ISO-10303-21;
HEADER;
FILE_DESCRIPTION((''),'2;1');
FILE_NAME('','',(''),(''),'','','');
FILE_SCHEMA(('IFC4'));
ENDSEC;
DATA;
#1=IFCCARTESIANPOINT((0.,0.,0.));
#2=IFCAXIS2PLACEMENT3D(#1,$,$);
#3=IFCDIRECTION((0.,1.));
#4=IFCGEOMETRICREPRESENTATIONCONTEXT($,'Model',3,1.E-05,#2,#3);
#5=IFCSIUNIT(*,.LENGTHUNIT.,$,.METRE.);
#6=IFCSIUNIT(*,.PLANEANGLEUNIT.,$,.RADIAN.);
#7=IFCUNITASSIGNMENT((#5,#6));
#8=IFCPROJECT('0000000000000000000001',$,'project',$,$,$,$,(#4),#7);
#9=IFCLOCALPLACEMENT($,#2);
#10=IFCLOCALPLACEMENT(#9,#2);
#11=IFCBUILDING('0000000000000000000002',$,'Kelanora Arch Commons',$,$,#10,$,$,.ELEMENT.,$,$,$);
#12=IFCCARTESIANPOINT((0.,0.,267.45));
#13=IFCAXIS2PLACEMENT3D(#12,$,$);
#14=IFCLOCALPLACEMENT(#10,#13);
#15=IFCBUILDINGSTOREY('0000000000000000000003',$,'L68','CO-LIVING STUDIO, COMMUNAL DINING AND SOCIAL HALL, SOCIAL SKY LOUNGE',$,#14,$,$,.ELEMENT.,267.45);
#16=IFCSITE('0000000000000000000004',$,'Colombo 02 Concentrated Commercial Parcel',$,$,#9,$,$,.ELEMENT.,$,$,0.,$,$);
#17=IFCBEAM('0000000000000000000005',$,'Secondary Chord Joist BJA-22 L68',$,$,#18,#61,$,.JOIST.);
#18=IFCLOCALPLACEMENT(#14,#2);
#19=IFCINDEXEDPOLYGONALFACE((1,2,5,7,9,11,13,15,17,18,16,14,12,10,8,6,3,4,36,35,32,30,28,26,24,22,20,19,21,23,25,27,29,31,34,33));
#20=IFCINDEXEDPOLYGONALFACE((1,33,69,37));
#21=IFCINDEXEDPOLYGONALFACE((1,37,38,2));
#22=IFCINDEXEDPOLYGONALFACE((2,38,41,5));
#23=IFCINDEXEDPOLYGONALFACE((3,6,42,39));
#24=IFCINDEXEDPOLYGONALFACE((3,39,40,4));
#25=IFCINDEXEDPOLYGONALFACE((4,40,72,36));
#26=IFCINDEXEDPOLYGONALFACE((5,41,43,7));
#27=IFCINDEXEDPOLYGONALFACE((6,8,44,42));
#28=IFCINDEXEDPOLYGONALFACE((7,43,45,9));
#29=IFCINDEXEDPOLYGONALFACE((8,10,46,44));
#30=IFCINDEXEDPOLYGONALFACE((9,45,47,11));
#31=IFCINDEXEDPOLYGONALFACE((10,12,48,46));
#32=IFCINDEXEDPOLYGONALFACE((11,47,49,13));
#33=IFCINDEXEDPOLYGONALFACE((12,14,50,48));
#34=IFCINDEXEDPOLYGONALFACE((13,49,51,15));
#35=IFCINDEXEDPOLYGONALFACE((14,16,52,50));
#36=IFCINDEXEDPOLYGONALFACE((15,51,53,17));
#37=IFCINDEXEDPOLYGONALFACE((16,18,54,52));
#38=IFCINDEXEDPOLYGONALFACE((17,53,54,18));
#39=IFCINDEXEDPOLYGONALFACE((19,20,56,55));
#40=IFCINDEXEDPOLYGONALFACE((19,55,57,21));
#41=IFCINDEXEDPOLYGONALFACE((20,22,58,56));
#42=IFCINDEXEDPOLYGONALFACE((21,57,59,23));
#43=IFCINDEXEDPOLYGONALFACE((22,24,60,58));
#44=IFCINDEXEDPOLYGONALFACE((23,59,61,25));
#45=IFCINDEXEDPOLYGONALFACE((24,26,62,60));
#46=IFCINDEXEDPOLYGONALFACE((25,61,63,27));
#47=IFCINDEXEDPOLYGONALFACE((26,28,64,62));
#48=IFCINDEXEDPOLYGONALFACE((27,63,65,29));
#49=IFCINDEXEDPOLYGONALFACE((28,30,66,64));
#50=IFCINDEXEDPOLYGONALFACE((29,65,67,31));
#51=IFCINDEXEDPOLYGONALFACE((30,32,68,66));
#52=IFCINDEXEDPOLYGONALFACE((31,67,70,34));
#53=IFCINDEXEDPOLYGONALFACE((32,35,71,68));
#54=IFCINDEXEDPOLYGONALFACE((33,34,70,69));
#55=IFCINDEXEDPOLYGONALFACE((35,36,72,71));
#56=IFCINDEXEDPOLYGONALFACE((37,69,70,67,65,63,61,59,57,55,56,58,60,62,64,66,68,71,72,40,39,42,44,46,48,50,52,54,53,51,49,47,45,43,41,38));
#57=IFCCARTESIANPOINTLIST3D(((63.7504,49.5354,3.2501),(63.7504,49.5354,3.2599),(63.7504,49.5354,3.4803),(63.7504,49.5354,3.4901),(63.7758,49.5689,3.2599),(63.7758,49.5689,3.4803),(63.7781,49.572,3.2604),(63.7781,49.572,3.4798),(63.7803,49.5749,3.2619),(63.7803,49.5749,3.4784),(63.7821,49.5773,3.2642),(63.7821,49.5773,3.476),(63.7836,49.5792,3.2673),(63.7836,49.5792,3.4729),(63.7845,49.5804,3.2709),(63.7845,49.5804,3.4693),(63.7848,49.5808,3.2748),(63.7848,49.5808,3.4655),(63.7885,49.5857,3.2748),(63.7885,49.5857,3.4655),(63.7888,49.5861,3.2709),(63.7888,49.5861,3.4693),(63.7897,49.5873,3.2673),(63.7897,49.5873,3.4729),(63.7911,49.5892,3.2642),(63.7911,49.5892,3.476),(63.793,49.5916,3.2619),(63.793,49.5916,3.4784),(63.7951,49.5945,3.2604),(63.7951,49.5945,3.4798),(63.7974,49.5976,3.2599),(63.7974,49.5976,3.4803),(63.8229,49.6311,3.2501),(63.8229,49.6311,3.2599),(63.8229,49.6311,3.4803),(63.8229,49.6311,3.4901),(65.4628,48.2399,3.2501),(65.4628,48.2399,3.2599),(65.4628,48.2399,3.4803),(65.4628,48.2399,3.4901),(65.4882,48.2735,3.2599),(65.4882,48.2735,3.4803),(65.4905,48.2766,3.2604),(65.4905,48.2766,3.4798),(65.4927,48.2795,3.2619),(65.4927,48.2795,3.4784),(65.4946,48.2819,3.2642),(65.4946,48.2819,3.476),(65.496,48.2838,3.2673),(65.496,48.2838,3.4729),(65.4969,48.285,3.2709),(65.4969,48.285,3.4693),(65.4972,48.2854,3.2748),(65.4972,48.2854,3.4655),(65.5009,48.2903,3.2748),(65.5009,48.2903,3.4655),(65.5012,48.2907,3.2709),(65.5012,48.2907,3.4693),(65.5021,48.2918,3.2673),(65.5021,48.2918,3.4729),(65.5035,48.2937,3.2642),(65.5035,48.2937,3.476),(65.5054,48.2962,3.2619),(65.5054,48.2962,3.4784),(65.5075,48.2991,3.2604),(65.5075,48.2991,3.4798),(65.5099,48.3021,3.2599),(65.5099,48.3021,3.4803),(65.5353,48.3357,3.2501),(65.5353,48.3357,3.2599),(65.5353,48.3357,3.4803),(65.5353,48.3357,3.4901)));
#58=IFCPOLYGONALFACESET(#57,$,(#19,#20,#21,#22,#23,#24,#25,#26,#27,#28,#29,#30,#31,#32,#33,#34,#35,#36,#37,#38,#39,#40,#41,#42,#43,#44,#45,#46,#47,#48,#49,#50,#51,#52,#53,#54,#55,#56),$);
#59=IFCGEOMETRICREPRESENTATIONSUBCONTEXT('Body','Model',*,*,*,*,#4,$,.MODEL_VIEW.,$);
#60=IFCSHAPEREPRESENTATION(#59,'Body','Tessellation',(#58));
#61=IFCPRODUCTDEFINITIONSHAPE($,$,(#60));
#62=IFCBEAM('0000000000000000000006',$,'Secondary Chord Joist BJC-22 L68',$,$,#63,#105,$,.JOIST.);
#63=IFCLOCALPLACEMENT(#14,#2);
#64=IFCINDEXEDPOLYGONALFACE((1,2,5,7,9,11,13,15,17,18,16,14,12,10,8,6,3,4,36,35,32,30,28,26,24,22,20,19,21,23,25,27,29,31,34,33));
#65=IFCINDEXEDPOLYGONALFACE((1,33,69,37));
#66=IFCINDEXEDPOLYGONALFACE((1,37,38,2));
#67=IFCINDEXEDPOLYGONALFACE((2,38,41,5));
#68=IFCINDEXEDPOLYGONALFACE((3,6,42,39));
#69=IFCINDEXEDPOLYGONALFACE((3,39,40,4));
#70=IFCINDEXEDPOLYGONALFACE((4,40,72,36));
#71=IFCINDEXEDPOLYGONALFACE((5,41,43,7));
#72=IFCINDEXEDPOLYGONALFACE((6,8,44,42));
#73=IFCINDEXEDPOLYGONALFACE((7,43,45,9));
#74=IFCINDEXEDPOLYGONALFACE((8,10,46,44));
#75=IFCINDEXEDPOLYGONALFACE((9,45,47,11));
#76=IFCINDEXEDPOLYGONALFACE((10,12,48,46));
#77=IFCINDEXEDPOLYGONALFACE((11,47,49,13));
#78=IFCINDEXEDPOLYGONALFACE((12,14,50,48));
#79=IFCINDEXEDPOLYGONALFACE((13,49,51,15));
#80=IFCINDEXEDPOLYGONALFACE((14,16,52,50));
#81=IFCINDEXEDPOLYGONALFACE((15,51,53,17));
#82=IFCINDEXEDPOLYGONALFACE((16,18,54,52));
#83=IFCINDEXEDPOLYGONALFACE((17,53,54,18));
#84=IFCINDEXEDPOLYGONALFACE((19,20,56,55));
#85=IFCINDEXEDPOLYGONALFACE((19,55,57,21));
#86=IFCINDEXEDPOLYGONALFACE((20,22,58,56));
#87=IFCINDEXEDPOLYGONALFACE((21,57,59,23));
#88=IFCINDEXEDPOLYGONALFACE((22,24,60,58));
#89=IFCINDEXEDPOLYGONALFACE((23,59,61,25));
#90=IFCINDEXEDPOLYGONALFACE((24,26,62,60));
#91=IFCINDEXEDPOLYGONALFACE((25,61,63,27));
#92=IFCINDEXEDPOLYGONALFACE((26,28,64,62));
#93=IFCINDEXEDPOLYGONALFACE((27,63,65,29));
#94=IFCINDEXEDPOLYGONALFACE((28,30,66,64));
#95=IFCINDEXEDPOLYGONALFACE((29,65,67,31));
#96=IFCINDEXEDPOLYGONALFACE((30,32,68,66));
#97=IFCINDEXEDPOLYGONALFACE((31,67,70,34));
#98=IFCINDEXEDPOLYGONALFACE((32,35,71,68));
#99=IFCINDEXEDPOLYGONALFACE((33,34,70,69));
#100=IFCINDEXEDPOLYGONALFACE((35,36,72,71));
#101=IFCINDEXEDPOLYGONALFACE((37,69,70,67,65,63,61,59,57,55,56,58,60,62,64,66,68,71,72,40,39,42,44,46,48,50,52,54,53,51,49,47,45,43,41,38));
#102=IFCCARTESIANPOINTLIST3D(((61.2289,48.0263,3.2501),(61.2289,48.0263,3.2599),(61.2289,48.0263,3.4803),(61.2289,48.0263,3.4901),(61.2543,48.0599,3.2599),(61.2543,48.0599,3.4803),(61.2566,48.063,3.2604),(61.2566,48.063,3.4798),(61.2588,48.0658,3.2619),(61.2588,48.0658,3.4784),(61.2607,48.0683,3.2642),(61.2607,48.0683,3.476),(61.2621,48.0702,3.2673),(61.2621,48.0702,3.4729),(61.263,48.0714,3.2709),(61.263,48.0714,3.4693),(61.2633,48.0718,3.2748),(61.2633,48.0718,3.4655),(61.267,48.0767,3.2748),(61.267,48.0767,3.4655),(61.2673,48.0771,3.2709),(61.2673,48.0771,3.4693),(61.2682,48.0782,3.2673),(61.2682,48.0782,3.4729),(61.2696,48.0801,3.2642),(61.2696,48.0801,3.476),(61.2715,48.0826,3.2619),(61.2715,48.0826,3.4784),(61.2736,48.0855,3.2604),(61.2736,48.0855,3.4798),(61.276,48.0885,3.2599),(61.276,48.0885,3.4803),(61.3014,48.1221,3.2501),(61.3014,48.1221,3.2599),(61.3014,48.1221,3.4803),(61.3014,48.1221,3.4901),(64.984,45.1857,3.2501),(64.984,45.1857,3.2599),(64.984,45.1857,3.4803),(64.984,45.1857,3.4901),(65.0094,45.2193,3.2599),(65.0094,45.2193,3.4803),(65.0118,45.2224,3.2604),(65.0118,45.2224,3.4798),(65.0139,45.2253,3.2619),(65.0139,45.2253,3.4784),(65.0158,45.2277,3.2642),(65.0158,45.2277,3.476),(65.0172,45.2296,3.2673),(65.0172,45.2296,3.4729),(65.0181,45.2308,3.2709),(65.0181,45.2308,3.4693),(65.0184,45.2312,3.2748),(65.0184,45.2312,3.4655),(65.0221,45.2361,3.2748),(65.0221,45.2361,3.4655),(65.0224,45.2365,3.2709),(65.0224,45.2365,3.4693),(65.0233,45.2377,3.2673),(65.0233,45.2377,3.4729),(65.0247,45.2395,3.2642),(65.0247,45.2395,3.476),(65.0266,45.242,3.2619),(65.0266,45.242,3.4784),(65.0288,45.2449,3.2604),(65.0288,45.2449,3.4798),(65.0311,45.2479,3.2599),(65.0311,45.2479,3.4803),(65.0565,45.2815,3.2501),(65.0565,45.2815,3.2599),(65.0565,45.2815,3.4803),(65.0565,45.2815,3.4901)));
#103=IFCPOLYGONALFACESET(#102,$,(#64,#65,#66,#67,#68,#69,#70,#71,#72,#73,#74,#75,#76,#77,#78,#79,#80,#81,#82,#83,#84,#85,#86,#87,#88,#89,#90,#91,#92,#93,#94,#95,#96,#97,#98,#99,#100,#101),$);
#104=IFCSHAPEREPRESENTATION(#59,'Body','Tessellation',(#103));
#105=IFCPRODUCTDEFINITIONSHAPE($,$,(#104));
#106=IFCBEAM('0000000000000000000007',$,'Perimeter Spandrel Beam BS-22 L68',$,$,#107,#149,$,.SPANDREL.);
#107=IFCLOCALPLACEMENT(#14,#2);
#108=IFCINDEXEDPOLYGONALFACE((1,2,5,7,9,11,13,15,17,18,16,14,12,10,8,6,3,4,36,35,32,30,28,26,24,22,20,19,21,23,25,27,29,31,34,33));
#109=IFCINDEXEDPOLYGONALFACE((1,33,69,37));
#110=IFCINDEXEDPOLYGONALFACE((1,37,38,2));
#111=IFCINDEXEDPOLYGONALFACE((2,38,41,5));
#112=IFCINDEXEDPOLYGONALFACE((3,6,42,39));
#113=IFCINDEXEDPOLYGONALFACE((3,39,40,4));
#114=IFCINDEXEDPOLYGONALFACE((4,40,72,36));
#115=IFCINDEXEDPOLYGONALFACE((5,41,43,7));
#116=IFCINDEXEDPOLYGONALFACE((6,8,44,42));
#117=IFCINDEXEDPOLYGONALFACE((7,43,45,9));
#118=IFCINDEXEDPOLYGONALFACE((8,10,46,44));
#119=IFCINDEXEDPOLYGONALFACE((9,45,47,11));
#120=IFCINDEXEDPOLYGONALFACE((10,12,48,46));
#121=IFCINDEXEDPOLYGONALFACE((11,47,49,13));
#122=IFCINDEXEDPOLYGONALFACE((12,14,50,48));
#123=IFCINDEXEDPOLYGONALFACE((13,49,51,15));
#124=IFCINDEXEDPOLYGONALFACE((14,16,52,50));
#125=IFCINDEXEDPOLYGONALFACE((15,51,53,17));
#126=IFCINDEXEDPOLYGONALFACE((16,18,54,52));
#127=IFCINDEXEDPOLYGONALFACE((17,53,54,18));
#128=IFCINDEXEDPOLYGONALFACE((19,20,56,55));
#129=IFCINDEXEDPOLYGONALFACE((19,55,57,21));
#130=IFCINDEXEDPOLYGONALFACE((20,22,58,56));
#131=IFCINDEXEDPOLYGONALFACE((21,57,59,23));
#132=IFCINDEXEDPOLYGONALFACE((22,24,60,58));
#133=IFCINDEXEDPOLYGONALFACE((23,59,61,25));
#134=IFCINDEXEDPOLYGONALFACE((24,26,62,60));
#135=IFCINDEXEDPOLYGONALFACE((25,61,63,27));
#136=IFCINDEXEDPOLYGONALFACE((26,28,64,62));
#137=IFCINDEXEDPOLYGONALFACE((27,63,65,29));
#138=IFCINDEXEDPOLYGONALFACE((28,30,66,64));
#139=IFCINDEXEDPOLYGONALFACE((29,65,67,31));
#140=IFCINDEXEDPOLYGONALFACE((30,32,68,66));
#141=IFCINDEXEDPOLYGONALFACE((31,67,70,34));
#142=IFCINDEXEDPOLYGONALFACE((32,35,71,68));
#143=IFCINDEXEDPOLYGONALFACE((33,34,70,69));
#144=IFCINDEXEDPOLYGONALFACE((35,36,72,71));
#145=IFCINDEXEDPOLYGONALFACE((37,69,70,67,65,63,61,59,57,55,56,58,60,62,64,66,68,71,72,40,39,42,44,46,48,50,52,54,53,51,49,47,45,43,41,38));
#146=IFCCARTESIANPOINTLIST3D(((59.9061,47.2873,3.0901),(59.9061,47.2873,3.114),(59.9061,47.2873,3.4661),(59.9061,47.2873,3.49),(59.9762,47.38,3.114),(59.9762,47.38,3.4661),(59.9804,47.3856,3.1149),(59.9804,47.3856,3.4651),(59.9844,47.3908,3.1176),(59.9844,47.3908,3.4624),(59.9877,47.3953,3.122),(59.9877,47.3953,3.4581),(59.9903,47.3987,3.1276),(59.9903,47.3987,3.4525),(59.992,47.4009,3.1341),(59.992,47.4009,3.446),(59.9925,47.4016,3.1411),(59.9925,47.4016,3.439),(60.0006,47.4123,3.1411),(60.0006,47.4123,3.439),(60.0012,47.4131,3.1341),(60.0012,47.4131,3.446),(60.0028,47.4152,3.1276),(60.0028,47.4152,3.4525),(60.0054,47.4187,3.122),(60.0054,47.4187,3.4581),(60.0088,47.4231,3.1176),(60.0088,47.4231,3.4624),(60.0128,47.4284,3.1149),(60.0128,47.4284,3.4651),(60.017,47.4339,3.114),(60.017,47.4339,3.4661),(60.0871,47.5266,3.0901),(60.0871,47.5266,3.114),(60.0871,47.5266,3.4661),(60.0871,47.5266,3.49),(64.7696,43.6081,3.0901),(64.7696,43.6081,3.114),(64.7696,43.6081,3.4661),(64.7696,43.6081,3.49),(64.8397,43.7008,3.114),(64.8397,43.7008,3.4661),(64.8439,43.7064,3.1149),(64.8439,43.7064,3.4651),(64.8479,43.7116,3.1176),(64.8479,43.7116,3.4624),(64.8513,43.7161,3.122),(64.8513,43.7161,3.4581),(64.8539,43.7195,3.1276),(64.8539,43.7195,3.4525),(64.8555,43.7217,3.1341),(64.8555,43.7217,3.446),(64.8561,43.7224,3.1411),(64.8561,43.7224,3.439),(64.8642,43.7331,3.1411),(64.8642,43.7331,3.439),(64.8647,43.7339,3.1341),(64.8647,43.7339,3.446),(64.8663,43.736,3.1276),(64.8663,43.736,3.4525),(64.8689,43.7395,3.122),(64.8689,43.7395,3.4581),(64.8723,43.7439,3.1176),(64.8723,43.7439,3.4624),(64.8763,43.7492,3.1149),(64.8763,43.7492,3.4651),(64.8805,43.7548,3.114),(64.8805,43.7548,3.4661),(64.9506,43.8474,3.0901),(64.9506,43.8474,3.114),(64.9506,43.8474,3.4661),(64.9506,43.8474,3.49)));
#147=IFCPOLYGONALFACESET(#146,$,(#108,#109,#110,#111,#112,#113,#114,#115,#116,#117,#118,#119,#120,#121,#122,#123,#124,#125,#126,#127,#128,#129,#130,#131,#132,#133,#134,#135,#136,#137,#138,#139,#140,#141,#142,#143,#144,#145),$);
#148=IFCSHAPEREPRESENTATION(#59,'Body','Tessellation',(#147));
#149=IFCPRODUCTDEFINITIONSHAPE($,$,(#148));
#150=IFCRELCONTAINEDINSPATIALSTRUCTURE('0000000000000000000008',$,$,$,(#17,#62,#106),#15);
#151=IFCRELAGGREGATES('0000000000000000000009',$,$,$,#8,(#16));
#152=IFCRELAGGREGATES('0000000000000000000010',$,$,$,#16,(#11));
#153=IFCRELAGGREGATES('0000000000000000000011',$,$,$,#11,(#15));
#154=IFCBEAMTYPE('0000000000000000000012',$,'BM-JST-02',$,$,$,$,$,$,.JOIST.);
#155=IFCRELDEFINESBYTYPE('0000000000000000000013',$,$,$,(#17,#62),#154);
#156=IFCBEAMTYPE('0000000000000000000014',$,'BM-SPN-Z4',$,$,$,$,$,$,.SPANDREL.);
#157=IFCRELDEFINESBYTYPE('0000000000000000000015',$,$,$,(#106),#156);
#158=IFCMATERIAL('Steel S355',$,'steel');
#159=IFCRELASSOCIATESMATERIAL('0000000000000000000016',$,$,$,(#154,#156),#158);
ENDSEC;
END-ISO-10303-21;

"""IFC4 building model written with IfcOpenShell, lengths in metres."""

from ifc_helpers import new_model, si_unit, direction, frame, origin, origin_2d, place, context, subcontext, project, spatial, i_section, extrude, material, material_profile, profile_set, type_object, element, save


model = new_model("IFC4")

# Units and contexts
model_context = context("Model", 3, precision=1e-05, world=origin(), true_north=direction((0.0, 1.0)))
body_context = subcontext(model_context, "Body", "Model", "MODEL_VIEW")
ifc_project = project(units=[si_unit("LENGTHUNIT", "METRE"), si_unit("PLANEANGLEUNIT", "RADIAN")], contexts=[model_context])

# Site, building, storey
site_placement = place(None, origin())
site = spatial("IfcSite", under=ifc_project, at=site_placement, Name="Colombo 02 Concentrated Commercial Parcel", CompositionType="ELEMENT", RefElevation=0.0)
building_placement = place(site_placement, origin())
building = spatial("IfcBuilding", under=site, at=building_placement, Name="Kelanora Arch Commons", CompositionType="ELEMENT")
storey_placement = place(building_placement, frame((0.0, 0.0, 267.45)))
storey = spatial("IfcBuildingStorey", under=building, at=storey_placement, Name="L68", Description="CO-LIVING STUDIO, COMMUNAL DINING AND SOCIAL HALL, SOCIAL SKY LOUNGE", CompositionType="ELEMENT", Elevation=267.45)

# Beams
ifc_material_1 = material(Name="Steel S355", Category="steel")
ifc_material_profile_1 = material_profile(ifc_material_1, i_section(OverallWidth=0.1201, OverallDepth=0.24, WebThickness=0.0061, FlangeThickness=0.0098, FilletRadius=0.0149, at=origin_2d()), Name="IPE240")
ifc_profile_set_1 = profile_set([ifc_material_profile_1], Name="Steel S355")
beam_type_1 = type_object("IfcBeamType", Name="BM-JST-02", PredefinedType="JOIST", material=ifc_profile_set_1)
beam_1_placement = place(storey_placement, frame((63.7866, 49.5833, 3.3701), z_axis=(0.79751, -0.603306, 0.0), x_axis=(0.603306, 0.79751, 0.0)))
element("IfcBeam", 1, at=beam_1_placement, inside=storey, type_object=beam_type_1, Name="Secondary Chord Joist BJA-22 L68", PredefinedType="JOIST", context=body_context, shape_type="SweptSolid", body=[
    extrude(i_section(OverallWidth=0.1201, OverallDepth=0.24, WebThickness=0.0061, FlangeThickness=0.0098, FilletRadius=0.0149, at=origin_2d()), origin(), (0.0, 0.0, 1.0), 2.1472),
])
beam_2_placement = place(storey_placement, frame((61.2651, 48.0742, 3.3701), z_axis=(0.797523, -0.603289, 0.0), x_axis=(0.603289, 0.797523, 0.0)))
element("IfcBeam", 2, at=beam_2_placement, inside=storey, type_object=beam_type_1, Name="Secondary Chord Joist BJC-22 L68", PredefinedType="JOIST", context=body_context, shape_type="SweptSolid", body=[
    extrude(i_section(OverallWidth=0.1201, OverallDepth=0.24, WebThickness=0.0061, FlangeThickness=0.0098, FilletRadius=0.0149, at=origin_2d()), origin(), (0.0, 0.0, 1.0), 4.7085),
])
ifc_material_profile_2 = material_profile(ifc_material_1, i_section(OverallWidth=0.3, OverallDepth=0.3999, WebThickness=0.0134, FlangeThickness=0.0239, FilletRadius=0.0271, at=origin_2d()), Name="HEB400")
ifc_profile_set_2 = profile_set([ifc_material_profile_2], Name="Steel S355")
beam_type_2 = type_object("IfcBeamType", Name="BM-SPN-Z4", PredefinedType="SPANDREL", material=ifc_profile_set_2)
beam_3_placement = place(storey_placement, frame((59.9966, 47.407, 3.29), z_axis=(0.797509, -0.603306, 0.0), x_axis=(0.603306, 0.797509, 0.0)))
element("IfcBeam", 3, at=beam_3_placement, inside=storey, type_object=beam_type_2, Name="Perimeter Spandrel Beam BS-22 L68", PredefinedType="SPANDREL", context=body_context, shape_type="SweptSolid", body=[
    extrude(i_section(OverallWidth=0.3, OverallDepth=0.3999, WebThickness=0.0134, FlangeThickness=0.0239, FilletRadius=0.0271, at=origin_2d()), origin(), (0.0, 0.0, 1.0), 6.0984),
])

save(model, "model.ifc")
